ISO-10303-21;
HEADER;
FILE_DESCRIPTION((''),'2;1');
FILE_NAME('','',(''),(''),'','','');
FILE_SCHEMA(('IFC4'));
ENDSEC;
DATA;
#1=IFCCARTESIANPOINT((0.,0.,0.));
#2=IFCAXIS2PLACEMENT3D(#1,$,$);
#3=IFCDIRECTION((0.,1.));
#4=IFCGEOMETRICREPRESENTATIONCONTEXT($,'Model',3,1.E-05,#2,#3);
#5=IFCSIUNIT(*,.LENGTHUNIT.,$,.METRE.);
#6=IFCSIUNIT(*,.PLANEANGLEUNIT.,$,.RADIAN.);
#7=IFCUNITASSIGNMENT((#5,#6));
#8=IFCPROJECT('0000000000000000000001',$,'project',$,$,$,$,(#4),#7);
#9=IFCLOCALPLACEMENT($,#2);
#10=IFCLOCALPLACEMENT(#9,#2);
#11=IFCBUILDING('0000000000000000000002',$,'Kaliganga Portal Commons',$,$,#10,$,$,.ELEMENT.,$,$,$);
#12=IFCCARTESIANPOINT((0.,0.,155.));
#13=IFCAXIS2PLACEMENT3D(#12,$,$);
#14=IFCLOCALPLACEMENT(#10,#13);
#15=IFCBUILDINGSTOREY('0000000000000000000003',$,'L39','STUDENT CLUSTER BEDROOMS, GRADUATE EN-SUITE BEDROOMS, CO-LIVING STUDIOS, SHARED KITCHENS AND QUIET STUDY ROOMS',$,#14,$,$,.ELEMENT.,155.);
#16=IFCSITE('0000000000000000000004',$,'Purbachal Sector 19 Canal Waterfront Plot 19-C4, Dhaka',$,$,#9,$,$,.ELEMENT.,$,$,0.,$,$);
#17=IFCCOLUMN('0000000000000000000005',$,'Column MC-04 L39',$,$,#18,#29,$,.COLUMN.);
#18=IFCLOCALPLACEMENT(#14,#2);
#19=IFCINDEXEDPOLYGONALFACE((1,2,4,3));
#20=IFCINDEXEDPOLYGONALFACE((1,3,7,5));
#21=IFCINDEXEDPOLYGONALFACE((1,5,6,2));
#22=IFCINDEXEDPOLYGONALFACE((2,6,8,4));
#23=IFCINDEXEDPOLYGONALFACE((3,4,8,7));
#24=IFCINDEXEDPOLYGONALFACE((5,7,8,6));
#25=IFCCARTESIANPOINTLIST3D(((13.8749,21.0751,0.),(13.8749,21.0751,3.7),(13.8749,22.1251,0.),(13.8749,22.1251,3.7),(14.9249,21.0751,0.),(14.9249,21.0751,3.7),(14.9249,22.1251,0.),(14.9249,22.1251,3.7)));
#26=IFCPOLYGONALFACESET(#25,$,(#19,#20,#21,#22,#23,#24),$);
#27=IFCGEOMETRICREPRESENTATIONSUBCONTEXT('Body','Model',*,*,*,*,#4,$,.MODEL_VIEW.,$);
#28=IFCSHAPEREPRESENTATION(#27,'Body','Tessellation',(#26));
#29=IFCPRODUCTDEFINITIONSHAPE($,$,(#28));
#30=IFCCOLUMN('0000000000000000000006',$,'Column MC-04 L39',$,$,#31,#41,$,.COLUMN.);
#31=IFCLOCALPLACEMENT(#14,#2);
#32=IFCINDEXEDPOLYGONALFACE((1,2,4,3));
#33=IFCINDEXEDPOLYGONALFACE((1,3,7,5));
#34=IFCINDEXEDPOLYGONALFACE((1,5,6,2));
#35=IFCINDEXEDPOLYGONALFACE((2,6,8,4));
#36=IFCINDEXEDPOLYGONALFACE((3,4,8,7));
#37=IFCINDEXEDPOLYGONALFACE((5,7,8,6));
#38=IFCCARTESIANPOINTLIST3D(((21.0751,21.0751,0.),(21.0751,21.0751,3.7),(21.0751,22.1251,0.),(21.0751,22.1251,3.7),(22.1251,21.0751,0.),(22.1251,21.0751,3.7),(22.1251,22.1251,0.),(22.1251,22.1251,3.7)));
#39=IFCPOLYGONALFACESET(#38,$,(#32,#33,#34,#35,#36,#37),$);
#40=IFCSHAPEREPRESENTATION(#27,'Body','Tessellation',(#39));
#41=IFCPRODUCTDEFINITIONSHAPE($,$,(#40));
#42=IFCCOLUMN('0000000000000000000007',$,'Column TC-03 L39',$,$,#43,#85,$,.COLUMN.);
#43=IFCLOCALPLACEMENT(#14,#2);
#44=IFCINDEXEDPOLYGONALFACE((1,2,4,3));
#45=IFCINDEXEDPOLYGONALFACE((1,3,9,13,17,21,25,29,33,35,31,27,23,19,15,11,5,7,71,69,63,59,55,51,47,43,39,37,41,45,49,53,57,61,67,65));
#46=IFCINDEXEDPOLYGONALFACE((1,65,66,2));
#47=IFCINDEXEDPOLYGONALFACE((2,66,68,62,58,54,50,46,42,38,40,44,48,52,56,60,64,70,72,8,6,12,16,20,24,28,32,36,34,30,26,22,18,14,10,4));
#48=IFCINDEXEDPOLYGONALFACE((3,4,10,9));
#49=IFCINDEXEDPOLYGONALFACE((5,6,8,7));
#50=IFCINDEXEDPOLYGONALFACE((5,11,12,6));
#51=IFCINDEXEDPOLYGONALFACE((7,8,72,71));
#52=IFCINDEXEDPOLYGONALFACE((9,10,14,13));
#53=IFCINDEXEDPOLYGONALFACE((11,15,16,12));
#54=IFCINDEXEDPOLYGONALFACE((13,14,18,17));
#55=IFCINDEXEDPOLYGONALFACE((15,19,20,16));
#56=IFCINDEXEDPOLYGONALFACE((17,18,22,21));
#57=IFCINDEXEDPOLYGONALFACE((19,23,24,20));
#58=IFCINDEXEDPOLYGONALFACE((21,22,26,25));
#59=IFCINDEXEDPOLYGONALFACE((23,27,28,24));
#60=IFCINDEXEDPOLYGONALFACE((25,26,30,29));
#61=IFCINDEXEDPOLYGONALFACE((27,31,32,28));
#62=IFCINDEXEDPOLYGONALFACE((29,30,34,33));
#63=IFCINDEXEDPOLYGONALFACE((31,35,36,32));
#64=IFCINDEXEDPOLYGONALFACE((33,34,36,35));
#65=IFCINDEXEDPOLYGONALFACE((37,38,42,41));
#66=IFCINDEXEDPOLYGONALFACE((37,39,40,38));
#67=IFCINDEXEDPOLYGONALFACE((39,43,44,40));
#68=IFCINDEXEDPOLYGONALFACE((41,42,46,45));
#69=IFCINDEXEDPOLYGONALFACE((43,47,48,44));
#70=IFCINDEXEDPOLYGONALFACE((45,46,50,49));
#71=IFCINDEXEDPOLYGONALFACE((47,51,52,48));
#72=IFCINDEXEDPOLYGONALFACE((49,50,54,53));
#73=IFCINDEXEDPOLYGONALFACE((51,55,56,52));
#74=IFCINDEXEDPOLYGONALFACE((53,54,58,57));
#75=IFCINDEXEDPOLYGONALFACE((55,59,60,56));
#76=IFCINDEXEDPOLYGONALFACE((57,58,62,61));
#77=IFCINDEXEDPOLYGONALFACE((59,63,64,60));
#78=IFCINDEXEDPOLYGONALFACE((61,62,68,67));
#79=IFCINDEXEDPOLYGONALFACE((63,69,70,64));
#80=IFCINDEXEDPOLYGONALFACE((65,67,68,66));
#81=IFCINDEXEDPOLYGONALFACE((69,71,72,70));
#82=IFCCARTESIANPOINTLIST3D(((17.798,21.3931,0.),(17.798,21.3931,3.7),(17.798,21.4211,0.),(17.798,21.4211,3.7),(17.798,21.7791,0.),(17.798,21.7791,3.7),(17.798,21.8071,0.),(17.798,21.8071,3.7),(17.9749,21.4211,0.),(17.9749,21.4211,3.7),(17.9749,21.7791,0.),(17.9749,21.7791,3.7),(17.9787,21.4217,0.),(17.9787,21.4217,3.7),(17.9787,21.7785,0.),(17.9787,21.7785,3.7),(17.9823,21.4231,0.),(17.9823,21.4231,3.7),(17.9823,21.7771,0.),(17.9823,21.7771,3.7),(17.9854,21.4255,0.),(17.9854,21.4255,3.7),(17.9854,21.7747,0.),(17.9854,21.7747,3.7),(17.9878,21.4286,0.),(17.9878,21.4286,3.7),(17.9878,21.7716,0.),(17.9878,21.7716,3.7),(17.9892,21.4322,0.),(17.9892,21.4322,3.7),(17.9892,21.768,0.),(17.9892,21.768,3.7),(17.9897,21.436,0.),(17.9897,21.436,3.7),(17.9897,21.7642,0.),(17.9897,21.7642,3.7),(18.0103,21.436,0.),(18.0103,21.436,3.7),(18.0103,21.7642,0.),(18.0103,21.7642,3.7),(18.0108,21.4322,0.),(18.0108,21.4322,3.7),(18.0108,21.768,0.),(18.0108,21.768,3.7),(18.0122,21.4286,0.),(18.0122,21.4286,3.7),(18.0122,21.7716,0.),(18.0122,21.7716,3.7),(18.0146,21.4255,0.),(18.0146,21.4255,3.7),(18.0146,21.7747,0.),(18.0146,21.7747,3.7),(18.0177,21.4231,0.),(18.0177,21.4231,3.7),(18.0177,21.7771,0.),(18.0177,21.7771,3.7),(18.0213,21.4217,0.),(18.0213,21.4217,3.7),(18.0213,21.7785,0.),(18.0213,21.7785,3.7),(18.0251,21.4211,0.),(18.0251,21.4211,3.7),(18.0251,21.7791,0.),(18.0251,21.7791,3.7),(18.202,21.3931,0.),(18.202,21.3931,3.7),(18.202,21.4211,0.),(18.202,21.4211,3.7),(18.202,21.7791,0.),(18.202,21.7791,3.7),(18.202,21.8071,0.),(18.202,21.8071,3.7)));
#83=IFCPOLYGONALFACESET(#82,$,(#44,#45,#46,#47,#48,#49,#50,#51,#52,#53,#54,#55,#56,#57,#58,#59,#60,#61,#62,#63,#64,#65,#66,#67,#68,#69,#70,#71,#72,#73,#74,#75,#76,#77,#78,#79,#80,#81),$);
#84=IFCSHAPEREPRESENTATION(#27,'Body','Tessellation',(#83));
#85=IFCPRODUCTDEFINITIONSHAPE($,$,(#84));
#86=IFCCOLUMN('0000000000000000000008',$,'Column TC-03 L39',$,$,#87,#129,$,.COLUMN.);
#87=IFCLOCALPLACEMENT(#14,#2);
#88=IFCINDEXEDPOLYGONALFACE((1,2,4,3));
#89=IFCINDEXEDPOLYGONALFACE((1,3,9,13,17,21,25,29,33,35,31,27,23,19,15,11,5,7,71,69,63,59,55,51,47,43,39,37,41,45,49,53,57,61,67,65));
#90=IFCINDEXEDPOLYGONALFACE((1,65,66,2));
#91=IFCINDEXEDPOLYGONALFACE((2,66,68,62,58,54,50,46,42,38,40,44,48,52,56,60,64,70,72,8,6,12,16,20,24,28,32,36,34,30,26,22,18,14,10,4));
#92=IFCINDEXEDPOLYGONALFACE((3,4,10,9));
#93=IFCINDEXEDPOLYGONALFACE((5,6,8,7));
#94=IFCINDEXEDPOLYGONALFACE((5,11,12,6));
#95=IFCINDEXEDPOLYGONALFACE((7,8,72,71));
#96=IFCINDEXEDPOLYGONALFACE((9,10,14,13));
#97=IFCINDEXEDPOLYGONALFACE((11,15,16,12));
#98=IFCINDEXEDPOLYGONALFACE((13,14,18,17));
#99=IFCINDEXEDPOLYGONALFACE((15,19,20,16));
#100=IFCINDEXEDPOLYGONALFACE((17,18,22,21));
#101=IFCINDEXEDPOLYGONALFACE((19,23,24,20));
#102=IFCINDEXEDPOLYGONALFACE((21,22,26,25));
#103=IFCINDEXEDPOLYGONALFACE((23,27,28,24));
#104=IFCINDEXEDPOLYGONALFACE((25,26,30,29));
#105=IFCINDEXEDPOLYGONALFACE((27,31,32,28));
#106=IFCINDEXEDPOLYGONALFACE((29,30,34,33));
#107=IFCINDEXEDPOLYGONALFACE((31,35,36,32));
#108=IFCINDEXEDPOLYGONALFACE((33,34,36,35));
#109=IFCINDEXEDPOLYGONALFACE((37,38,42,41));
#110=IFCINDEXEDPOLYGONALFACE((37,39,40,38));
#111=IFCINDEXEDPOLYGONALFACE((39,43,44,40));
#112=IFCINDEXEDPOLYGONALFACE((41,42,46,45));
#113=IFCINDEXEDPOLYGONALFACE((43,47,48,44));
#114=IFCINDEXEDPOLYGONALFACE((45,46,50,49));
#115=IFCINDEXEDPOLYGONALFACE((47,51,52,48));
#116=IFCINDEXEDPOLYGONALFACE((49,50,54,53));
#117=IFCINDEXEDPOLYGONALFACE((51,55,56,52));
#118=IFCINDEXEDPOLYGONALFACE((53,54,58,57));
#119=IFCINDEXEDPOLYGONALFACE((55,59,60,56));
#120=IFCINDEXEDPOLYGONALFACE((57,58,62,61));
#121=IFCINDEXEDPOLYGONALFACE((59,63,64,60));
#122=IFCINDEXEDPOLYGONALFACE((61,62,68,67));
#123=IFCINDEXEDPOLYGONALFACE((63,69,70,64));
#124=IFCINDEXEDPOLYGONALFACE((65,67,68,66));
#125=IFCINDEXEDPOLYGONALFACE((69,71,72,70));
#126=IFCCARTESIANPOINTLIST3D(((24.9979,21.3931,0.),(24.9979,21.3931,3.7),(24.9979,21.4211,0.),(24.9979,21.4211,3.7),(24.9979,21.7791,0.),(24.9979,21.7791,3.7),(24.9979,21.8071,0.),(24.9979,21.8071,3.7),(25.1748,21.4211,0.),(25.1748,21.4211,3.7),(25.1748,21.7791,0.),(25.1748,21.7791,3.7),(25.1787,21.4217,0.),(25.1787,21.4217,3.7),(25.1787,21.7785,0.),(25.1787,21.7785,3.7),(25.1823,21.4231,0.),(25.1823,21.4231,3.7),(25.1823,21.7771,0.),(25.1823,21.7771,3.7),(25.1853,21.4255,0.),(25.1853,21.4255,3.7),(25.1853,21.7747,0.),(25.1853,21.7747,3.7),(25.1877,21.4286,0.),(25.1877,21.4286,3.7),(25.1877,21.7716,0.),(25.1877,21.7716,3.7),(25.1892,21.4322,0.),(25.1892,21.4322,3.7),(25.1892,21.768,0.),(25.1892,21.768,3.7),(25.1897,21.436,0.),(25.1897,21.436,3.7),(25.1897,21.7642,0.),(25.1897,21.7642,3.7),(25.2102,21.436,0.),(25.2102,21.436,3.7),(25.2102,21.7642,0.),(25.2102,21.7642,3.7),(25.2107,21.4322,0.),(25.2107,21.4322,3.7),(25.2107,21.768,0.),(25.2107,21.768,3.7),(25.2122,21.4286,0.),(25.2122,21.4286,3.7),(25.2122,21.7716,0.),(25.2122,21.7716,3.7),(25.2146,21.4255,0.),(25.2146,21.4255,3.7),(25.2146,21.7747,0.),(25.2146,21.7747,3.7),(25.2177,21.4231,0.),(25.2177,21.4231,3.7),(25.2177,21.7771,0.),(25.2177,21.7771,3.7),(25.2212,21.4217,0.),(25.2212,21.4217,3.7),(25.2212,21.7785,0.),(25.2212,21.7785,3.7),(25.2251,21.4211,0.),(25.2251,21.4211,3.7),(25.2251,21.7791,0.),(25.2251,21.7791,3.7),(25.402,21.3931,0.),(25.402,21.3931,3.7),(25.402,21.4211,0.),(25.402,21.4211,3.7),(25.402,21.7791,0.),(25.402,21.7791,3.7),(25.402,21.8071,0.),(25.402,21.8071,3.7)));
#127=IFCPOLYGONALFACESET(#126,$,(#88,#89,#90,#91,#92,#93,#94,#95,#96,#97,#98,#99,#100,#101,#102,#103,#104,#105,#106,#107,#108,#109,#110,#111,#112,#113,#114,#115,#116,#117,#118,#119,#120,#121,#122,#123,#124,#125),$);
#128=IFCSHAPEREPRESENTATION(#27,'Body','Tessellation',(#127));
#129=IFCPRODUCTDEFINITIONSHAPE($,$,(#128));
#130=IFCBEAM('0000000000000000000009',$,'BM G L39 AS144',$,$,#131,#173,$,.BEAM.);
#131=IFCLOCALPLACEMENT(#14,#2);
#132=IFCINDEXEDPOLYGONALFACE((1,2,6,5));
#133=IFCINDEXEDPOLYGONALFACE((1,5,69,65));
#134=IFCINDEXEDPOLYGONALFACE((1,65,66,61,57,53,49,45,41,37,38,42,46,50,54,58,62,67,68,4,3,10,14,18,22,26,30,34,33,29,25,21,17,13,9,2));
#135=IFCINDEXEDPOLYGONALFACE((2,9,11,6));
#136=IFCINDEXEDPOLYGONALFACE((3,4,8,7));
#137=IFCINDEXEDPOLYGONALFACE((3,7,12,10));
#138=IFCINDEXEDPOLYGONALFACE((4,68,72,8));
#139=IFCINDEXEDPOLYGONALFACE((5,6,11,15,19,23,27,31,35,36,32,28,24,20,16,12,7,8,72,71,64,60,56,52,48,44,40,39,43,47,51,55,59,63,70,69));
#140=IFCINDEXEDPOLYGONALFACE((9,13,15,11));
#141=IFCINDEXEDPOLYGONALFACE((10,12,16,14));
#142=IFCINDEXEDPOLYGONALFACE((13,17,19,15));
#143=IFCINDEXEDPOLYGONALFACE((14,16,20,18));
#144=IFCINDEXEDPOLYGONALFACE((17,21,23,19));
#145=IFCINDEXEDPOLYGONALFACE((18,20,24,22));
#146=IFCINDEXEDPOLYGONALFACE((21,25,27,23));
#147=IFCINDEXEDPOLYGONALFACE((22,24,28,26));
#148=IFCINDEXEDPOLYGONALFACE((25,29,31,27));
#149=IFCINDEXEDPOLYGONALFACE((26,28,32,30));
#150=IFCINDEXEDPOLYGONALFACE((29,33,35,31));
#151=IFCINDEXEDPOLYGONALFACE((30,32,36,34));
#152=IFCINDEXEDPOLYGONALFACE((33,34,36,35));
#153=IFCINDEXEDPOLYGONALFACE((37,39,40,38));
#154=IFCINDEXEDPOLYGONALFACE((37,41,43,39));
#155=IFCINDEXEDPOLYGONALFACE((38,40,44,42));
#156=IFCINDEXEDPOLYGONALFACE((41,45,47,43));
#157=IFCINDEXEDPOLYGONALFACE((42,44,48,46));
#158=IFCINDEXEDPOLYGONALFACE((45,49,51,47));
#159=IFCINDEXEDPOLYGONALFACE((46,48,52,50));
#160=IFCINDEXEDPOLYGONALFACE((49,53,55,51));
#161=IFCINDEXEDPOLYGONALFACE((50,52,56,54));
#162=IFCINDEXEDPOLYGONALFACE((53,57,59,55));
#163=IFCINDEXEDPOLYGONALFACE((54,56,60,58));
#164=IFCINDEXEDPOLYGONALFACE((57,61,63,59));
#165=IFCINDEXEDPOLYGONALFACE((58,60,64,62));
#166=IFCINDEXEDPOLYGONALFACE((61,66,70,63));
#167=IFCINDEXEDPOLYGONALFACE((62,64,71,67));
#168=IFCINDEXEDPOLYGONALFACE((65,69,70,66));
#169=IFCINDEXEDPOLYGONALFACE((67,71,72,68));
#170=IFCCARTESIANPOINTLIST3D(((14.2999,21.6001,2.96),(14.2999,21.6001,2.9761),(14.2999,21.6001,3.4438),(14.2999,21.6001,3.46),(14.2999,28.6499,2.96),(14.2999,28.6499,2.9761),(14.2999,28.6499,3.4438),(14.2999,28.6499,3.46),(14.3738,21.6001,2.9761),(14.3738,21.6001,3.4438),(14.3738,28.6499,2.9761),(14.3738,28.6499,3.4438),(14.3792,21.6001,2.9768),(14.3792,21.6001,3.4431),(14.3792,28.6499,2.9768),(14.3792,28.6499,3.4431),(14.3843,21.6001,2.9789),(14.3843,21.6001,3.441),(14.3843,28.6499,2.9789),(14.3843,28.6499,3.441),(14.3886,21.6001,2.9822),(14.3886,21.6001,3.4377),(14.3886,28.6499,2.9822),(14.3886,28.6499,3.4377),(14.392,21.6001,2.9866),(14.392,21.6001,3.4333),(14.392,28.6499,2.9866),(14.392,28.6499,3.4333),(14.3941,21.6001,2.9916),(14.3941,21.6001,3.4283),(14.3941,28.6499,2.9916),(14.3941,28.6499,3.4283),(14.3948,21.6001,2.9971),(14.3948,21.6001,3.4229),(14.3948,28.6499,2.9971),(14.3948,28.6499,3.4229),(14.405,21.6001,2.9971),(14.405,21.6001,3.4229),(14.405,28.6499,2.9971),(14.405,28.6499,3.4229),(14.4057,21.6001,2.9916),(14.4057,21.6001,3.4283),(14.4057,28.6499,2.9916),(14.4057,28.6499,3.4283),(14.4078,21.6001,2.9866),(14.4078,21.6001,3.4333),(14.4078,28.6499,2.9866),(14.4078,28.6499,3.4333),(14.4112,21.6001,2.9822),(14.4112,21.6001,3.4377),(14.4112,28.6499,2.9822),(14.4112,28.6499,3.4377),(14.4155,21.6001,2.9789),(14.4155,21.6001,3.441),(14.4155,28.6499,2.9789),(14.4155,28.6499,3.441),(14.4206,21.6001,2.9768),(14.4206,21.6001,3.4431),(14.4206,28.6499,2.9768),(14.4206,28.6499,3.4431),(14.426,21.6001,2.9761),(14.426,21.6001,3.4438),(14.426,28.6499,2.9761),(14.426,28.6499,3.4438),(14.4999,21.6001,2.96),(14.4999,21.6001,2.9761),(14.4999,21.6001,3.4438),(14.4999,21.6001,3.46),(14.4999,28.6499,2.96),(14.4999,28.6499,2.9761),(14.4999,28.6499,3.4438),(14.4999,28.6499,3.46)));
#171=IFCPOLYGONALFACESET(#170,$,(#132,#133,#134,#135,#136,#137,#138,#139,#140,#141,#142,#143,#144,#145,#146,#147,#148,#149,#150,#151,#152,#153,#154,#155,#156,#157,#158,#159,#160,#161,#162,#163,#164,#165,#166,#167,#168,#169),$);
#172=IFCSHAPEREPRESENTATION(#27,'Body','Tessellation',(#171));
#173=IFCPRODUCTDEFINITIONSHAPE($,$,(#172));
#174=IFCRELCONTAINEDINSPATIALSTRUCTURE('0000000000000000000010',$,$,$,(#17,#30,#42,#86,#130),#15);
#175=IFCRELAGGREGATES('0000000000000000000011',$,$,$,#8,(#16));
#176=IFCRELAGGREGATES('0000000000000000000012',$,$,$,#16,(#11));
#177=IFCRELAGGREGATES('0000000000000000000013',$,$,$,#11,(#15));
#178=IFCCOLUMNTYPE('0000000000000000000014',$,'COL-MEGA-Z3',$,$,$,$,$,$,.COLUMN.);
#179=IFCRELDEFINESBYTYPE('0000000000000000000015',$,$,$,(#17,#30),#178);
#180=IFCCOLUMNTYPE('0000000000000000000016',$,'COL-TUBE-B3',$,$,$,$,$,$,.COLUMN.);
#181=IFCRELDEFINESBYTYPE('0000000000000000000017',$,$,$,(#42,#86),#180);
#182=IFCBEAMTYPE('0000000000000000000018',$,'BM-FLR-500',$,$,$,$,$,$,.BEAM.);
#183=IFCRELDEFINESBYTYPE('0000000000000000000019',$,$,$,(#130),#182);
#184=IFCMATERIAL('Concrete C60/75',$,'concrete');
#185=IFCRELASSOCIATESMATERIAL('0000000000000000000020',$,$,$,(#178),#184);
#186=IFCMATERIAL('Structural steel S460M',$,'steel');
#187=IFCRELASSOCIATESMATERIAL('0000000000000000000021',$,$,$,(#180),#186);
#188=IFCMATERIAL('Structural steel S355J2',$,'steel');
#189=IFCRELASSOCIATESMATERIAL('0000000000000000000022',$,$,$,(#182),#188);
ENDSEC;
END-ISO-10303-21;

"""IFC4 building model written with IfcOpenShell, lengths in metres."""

from ifc_helpers import new_model, si_unit, direction, frame, origin, origin_2d, place, context, subcontext, project, spatial, rectangle, i_section, extrude, source, transform, mapped, material, material_profile, profile_set, type_object, element, save


model = new_model("IFC4")

# Units and contexts
model_context = context("Model", 3, precision=1e-05, world=origin(), true_north=direction((0.0, 1.0)))
body_context = subcontext(model_context, "Body", "Model", "MODEL_VIEW")
ifc_project = project(units=[si_unit("LENGTHUNIT", "METRE"), si_unit("PLANEANGLEUNIT", "RADIAN")], contexts=[model_context])

# Site, building, storey
site_placement = place(None, origin())
site = spatial("IfcSite", under=ifc_project, at=site_placement, Name="Purbachal Sector 19 Canal Waterfront Plot 19-C4, Dhaka", CompositionType="ELEMENT", RefElevation=0.0)
building_placement = place(site_placement, origin())
building = spatial("IfcBuilding", under=site, at=building_placement, Name="Kaliganga Portal Commons", CompositionType="ELEMENT")
storey_placement = place(building_placement, frame((0.0, 0.0, 155.0)))
storey = spatial("IfcBuildingStorey", under=building, at=storey_placement, Name="L39", Description="STUDENT CLUSTER BEDROOMS, GRADUATE EN-SUITE BEDROOMS, CO-LIVING STUDIOS, SHARED KITCHENS AND QUIET STUDY ROOMS", CompositionType="ELEMENT", Elevation=155.0)

# Columns
ifc_material_1 = material(Name="Concrete C60/75", Category="concrete")
ifc_material_profile_1 = material_profile(ifc_material_1, rectangle(XDim=1.05, YDim=1.05, at=origin_2d()), Name="RC 1050x1050")
ifc_profile_set_1 = profile_set([ifc_material_profile_1], Name="Concrete C60/75")
column_type_1 = type_object("IfcColumnType", Name="COL-MEGA-Z3", PredefinedType="COLUMN", material=ifc_profile_set_1)
shared_shape_1 = source(origin(), body_context, "Body", "SweptSolid", [
    extrude(rectangle(XDim=1.05, YDim=1.05, at=origin_2d()), origin(), (0.0, 0.0, 1.0), 3.7),
])
for number, where, z_axis, x_axis, name in (
    (1, (14.3999, 21.6001, 0.0), (0.0, 0.0, 1.0), (1.0, 0.0, 0.0), "Column MC-04 L39"),
    (2, (21.6001, 21.6001, 0.0), (0.0, 0.0, 1.0), (1.0, 0.0, 0.0), "Column MC-04 L39"),
):
    element("IfcColumn", number, at=place(storey_placement, frame(where, z_axis=z_axis, x_axis=x_axis)), inside=storey, type_object=column_type_1, Name=name, PredefinedType="COLUMN", context=body_context, shape_type="MappedRepresentation", body=[
        mapped(shared_shape_1, transform((0.0, 0.0, 0.0), x_axis=(1.0, 0.0, 0.0), y_axis=(0.0, 1.0, 0.0), z_axis=(0.0, 0.0, 1.0), scale=1.0)),
    ])
ifc_material_2 = material(Name="Structural steel S460M", Category="steel")
ifc_material_profile_2 = material_profile(ifc_material_2, i_section(OverallWidth=0.4041, OverallDepth=0.4141, WebThickness=0.0205, FlangeThickness=0.0281, FilletRadius=0.0149, at=origin_2d()), Name="HD 400x347")
ifc_profile_set_2 = profile_set([ifc_material_profile_2], Name="Structural steel S460M wide-flange")
column_type_2 = type_object("IfcColumnType", Name="COL-TUBE-B3", PredefinedType="COLUMN", material=ifc_profile_set_2)
shared_shape_2 = source(origin(), body_context, "Body", "SweptSolid", [
    extrude(i_section(OverallWidth=0.4041, OverallDepth=0.4141, WebThickness=0.0205, FlangeThickness=0.0281, FilletRadius=0.0149, at=origin_2d()), origin(), (0.0, 0.0, 1.0), 3.7),
])
for number, where, z_axis, x_axis, name in (
    (3, (18.0, 21.6001, 0.0), (0.0, 0.0, 1.0), (1.0, 0.0, 0.0), "Column TC-03 L39"),
    (4, (25.2, 21.6001, 0.0), (0.0, 0.0, 1.0), (1.0, 0.0, 0.0), "Column TC-03 L39"),
):
    element("IfcColumn", number, at=place(storey_placement, frame(where, z_axis=z_axis, x_axis=x_axis)), inside=storey, type_object=column_type_2, Name=name, PredefinedType="COLUMN", context=body_context, shape_type="MappedRepresentation", body=[
        mapped(shared_shape_2, transform((0.0, 0.0, 0.0), x_axis=(1.0, 0.0, 0.0), y_axis=(0.0, 1.0, 0.0), z_axis=(0.0, 0.0, 1.0), scale=1.0)),
    ])

# Beam
ifc_material_3 = material(Name="Structural steel S355J2", Category="steel")
ifc_material_profile_3 = material_profile(ifc_material_3, i_section(OverallWidth=0.2, OverallDepth=0.5, WebThickness=0.0103, FlangeThickness=0.0161, FilletRadius=0.021, at=origin_2d()), Name="IPE 500")
ifc_profile_set_3 = profile_set([ifc_material_profile_3], Name="Structural steel S355J2 wide-flange")
beam_type_1 = type_object("IfcBeamType", Name="BM-FLR-500", PredefinedType="BEAM", material=ifc_profile_set_3)
shared_shape_3 = source(origin(), body_context, "Body", "SweptSolid", [
    extrude(i_section(OverallWidth=0.2, OverallDepth=0.5, WebThickness=0.0103, FlangeThickness=0.0161, FilletRadius=0.021, at=origin_2d()), origin(), (0.0, 0.0, 1.0), 7.0498),
])
beam_1_placement = place(storey_placement, frame((14.3999, 21.6001, 3.21), z_axis=(0.0, 1.0, 0.0), x_axis=(-1.0, 0.0, 0.0)))
element("IfcBeam", 5, at=beam_1_placement, inside=storey, type_object=beam_type_1, Name="BM G L39 AS144", PredefinedType="BEAM", context=body_context, shape_type="MappedRepresentation", body=[
    mapped(shared_shape_3, transform((0.0, 0.0, 0.0), x_axis=(1.0, 0.0, 0.0), y_axis=(0.0, 1.0, 0.0), z_axis=(0.0, 0.0, 1.0), scale=1.0)),
])

save(model, "model.ifc")
